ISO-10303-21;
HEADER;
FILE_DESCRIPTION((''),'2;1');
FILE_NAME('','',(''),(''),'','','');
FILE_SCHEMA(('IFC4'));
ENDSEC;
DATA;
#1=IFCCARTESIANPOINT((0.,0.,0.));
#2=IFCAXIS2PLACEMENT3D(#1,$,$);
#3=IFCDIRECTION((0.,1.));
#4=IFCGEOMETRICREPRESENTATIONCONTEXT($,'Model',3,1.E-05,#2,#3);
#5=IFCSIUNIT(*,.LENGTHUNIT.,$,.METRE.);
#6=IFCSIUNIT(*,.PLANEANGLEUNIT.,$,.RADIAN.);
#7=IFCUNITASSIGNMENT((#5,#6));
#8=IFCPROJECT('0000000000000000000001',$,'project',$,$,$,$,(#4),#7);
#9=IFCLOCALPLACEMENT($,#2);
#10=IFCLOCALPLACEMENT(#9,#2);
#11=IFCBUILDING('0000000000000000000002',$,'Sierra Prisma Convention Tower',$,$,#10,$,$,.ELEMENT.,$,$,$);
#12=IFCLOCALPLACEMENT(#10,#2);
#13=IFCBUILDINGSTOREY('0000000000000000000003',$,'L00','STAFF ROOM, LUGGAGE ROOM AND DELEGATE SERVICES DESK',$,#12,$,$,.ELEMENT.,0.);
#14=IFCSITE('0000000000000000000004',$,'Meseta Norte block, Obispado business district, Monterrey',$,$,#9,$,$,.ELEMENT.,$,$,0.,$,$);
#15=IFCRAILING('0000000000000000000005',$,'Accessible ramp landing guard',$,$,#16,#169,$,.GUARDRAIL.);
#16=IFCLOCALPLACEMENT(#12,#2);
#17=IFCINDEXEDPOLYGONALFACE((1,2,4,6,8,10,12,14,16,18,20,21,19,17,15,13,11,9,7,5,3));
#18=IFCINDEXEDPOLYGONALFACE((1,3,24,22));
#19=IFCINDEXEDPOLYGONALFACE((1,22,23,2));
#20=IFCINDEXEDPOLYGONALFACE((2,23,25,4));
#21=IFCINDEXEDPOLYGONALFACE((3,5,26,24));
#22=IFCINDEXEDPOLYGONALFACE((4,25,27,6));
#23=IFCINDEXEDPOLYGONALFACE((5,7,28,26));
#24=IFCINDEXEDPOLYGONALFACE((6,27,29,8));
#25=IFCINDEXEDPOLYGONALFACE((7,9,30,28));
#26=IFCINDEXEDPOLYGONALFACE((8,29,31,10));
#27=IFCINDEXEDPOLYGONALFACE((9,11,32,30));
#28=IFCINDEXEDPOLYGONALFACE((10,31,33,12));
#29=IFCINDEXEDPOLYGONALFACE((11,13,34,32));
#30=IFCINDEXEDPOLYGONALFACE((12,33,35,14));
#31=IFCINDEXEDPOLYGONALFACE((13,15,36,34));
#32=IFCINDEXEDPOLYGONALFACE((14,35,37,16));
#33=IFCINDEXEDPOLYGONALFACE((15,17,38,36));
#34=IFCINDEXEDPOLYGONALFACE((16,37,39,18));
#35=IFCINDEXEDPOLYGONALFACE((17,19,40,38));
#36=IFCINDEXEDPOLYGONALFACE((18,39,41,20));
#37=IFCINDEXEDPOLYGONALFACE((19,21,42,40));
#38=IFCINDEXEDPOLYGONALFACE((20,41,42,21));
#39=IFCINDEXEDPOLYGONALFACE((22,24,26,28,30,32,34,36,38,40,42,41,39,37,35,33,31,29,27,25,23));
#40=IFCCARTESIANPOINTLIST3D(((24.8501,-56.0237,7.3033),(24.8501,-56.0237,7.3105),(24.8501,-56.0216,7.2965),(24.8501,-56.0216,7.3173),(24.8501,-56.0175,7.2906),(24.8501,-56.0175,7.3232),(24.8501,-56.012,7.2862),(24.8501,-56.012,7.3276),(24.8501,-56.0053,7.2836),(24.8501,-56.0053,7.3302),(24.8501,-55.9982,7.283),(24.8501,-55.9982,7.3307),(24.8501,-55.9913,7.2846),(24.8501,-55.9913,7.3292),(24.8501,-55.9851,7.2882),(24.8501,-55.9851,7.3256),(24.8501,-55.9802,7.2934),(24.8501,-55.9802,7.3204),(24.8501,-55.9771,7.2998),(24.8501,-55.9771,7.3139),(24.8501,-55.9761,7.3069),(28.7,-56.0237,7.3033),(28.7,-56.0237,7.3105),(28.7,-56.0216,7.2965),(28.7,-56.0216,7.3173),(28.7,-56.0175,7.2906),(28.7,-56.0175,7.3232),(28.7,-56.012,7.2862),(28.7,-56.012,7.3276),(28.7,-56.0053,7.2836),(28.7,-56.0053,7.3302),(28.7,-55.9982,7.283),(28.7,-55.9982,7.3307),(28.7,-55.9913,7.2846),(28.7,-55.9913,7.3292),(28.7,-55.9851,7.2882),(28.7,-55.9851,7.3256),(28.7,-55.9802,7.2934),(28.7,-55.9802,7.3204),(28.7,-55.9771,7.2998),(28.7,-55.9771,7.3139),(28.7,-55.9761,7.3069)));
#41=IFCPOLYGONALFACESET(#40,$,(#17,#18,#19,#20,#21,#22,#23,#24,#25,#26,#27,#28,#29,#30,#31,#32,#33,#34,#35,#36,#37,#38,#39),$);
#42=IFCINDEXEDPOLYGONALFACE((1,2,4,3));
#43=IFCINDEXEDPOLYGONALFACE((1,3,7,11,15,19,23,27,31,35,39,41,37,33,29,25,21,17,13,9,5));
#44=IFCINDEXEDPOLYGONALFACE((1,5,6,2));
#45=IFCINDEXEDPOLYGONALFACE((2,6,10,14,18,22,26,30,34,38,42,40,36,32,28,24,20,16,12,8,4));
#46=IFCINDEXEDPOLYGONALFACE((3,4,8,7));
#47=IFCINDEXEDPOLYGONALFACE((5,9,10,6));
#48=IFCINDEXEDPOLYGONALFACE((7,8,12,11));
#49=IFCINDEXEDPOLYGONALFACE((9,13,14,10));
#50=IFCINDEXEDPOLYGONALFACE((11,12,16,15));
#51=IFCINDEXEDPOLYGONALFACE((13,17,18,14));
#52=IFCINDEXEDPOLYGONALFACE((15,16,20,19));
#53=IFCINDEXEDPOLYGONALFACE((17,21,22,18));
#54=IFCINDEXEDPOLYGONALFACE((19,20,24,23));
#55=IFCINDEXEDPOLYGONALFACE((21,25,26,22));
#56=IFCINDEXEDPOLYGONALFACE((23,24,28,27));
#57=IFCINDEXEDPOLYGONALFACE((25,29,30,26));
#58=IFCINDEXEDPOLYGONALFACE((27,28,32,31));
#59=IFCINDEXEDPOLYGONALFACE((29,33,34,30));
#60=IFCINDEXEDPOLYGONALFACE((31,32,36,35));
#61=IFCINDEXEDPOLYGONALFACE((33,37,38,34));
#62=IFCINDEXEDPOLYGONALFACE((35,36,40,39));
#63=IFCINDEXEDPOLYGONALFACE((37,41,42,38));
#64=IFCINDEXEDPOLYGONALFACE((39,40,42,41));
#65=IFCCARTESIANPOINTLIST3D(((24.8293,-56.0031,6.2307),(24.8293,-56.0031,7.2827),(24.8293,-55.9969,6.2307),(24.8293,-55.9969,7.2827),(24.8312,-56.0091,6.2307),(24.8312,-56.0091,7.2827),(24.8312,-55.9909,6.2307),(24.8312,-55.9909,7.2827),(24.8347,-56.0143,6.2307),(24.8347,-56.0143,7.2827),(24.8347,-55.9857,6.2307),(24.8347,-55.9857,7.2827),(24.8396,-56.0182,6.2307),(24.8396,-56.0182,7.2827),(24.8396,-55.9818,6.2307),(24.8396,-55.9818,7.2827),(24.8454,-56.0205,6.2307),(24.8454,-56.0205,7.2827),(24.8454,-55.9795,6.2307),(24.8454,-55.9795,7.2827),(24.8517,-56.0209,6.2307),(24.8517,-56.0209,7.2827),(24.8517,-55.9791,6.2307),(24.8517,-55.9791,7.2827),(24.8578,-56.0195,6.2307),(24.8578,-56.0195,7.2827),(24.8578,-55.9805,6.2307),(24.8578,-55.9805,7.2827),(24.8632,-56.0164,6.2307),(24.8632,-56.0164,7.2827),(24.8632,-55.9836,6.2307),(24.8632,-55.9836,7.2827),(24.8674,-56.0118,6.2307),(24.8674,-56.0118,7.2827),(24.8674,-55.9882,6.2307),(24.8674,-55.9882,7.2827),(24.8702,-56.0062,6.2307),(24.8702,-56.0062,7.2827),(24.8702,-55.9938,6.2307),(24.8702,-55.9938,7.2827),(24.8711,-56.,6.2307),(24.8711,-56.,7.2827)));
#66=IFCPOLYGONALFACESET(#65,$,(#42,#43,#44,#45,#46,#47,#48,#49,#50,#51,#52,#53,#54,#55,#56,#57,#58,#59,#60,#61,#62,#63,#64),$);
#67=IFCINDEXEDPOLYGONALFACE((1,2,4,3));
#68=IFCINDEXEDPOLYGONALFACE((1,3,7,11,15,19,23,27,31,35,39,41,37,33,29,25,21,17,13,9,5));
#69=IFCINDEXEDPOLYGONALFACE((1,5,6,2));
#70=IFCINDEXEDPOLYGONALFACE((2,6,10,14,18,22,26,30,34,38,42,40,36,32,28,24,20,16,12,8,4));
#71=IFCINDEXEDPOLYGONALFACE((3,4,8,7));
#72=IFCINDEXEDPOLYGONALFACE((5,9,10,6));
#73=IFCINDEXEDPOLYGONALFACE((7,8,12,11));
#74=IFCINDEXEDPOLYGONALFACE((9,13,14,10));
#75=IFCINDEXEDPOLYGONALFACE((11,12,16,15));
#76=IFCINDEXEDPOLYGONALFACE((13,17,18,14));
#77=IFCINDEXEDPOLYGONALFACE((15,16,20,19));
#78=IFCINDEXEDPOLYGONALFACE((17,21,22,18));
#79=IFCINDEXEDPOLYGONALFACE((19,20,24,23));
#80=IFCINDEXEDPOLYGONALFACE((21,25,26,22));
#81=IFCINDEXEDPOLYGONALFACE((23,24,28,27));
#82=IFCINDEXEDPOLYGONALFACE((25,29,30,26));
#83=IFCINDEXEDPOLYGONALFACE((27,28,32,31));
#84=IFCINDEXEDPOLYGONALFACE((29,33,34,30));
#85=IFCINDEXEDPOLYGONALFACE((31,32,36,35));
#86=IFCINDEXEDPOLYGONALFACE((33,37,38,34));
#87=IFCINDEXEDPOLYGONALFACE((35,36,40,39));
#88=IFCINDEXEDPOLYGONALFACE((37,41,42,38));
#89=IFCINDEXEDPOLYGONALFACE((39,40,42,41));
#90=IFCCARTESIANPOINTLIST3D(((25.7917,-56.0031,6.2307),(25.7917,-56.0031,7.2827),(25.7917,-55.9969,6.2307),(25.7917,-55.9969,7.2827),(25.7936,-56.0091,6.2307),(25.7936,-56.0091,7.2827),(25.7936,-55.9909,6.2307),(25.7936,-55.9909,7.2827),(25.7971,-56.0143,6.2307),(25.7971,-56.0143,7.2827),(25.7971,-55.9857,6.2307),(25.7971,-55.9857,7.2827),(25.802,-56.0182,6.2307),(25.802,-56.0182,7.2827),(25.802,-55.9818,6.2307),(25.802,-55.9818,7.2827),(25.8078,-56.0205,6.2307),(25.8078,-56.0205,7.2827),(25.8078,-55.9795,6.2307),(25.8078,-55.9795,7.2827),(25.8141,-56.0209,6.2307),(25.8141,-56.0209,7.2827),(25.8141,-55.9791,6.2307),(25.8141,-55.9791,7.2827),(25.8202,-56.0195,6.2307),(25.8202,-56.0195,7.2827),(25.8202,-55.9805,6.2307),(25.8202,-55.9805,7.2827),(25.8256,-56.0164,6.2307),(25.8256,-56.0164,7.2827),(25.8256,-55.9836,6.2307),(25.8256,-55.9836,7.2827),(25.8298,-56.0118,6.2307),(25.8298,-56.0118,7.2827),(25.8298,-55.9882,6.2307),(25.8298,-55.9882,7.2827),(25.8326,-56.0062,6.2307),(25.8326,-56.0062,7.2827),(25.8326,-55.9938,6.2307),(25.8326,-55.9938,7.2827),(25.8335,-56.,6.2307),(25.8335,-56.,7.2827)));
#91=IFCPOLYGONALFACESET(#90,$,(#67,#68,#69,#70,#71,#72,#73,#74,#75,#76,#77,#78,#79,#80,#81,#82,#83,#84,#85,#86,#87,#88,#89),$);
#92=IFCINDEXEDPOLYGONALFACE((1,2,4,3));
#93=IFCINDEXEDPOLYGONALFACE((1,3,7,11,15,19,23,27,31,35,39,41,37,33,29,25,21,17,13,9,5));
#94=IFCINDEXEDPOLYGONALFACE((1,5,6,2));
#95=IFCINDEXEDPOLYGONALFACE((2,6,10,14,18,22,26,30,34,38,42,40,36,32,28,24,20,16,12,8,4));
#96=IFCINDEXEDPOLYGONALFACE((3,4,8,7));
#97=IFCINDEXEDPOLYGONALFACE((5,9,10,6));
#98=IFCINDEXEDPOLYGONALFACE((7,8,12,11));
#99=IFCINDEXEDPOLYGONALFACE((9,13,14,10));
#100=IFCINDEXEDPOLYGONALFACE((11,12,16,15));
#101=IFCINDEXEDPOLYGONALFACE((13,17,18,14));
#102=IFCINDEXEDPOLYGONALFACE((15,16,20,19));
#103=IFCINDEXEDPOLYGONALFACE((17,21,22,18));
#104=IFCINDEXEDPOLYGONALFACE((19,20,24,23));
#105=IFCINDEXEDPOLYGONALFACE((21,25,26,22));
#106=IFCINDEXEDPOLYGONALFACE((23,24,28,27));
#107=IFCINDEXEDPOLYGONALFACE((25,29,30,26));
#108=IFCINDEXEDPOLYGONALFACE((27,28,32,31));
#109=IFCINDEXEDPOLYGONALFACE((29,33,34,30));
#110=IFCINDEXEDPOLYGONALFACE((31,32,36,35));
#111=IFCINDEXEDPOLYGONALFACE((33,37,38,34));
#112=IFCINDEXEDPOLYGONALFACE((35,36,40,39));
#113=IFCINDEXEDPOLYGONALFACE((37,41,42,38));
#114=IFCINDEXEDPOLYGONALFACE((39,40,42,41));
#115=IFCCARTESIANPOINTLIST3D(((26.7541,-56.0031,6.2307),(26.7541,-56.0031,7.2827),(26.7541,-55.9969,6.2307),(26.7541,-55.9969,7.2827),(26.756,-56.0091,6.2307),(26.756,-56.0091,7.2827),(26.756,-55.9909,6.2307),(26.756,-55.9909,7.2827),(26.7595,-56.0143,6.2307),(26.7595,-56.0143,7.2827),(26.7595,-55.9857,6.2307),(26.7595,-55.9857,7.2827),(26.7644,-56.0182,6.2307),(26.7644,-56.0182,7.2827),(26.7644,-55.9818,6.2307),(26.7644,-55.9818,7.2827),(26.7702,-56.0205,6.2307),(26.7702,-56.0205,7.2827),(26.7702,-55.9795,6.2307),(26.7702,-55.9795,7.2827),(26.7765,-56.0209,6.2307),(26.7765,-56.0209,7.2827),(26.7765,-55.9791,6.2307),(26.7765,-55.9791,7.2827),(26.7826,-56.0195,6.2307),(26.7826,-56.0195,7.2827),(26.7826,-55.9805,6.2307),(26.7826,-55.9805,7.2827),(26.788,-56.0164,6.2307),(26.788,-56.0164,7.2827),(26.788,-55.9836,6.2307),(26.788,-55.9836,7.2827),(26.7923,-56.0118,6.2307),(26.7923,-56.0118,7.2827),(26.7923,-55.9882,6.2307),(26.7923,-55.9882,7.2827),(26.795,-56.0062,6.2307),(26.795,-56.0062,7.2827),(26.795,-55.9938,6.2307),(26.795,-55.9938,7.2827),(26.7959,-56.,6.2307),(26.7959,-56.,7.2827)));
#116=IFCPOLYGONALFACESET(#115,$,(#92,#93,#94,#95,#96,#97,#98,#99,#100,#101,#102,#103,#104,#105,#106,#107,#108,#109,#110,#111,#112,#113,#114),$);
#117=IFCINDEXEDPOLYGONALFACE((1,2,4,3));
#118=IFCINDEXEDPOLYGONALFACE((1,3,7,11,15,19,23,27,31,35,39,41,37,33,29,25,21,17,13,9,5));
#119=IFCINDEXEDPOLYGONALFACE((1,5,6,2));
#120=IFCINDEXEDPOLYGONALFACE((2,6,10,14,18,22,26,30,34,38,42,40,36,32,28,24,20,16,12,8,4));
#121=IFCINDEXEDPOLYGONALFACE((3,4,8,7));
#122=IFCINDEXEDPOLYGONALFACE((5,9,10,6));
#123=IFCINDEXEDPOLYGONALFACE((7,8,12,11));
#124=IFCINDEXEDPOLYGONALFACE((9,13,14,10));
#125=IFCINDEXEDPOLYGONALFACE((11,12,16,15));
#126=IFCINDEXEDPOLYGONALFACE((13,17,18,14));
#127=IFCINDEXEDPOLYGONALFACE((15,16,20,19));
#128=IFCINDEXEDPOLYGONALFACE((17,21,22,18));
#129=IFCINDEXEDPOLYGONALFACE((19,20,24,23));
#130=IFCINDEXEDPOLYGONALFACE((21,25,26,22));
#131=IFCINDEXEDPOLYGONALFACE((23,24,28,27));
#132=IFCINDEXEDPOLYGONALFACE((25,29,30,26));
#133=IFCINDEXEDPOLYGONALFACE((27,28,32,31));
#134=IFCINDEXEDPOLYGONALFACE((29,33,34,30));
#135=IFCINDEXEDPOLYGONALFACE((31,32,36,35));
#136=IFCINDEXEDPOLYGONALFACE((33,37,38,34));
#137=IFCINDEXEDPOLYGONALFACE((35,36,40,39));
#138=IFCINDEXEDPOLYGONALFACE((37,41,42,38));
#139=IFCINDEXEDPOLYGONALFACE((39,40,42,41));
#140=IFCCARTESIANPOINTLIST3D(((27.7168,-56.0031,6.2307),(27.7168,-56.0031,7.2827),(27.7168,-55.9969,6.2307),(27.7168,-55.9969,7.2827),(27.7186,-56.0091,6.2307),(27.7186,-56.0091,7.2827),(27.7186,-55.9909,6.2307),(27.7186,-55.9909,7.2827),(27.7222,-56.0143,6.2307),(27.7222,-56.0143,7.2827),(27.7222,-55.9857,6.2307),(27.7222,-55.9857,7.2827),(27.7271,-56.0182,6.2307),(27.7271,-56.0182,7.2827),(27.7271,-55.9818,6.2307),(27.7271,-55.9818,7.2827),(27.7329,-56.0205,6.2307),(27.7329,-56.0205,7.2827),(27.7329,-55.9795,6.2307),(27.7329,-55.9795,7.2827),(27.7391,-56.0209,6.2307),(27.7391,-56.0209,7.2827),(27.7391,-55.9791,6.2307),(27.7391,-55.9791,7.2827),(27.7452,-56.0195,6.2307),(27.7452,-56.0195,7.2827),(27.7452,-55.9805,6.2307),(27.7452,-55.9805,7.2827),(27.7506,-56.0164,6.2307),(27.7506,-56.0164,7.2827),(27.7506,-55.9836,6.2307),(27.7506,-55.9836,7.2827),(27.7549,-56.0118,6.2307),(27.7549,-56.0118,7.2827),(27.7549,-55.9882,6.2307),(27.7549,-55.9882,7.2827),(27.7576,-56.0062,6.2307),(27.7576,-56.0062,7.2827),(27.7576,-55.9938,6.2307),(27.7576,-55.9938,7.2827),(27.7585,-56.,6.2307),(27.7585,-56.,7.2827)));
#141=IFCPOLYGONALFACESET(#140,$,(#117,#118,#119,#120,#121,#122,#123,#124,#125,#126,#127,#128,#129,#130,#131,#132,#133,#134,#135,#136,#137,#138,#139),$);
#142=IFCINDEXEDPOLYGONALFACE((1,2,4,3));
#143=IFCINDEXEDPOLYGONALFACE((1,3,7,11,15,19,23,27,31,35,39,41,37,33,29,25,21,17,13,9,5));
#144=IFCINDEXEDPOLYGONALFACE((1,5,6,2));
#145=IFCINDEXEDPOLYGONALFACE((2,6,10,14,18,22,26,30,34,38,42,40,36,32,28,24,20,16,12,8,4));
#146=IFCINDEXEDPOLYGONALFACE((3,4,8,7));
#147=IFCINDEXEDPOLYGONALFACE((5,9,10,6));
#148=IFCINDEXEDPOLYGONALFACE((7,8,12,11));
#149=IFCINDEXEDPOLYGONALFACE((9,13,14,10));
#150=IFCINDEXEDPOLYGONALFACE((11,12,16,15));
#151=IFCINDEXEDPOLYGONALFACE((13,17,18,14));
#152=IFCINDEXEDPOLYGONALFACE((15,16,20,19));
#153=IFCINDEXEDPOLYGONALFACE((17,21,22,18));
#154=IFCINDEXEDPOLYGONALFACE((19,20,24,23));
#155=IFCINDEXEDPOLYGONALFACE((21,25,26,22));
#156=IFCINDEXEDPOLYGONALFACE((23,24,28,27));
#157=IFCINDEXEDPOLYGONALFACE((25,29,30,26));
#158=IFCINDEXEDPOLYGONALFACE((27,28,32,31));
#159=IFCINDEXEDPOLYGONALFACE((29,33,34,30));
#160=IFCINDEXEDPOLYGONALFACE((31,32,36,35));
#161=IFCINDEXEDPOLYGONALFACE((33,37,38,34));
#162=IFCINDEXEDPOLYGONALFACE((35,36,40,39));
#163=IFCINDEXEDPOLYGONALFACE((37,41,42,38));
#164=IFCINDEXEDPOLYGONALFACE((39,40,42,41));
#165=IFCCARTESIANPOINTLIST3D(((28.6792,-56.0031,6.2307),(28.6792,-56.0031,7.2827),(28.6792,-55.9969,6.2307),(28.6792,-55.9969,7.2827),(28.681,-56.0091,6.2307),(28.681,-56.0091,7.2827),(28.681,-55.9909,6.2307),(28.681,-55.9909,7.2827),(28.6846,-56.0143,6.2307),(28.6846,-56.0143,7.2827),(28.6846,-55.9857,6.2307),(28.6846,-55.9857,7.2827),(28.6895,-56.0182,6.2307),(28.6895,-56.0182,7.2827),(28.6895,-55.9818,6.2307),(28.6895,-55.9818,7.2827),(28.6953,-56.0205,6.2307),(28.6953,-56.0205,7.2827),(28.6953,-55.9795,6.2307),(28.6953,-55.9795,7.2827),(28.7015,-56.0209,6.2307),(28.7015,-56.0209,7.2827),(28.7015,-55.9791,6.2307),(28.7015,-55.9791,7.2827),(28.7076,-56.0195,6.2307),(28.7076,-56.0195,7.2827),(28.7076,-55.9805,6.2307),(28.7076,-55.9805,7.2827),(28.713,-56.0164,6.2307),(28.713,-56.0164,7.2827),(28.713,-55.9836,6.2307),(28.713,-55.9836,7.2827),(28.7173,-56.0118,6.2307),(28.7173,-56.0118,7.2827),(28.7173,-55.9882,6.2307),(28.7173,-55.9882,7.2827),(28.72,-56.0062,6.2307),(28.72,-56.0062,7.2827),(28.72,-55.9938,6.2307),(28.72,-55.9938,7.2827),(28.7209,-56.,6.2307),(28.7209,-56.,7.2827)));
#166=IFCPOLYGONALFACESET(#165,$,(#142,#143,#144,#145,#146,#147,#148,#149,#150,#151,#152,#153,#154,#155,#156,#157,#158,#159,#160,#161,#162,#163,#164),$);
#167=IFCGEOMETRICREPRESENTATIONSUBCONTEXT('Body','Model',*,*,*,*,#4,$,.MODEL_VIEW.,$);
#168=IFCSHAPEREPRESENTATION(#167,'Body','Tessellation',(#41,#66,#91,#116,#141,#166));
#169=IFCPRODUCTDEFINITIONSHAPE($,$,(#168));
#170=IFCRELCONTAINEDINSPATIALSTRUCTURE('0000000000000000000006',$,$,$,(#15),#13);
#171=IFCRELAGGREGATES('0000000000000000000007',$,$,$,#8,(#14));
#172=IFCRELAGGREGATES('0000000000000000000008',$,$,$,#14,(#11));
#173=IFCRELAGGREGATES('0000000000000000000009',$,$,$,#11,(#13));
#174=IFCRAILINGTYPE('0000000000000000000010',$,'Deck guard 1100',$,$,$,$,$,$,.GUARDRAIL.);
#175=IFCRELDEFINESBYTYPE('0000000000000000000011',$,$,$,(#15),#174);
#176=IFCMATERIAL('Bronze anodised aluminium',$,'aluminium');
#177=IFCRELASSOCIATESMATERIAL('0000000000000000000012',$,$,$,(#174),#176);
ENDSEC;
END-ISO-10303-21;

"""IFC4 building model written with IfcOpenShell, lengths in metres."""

from ifc_helpers import new_model, si_unit, direction, frame, origin, origin_2d, place, context, subcontext, project, spatial, circle, extrude, material, type_object, element, save


model = new_model("IFC4")

# Units and contexts
model_context = context("Model", 3, precision=1e-05, world=origin(), true_north=direction((0.0, 1.0)))
body_context = subcontext(model_context, "Body", "Model", "MODEL_VIEW")
ifc_project = project(units=[si_unit("LENGTHUNIT", "METRE"), si_unit("PLANEANGLEUNIT", "RADIAN")], contexts=[model_context])

# Site, building, storey
site_placement = place(None, origin())
site = spatial("IfcSite", under=ifc_project, at=site_placement, Name="Meseta Norte block, Obispado business district, Monterrey", CompositionType="ELEMENT", RefElevation=0.0)
building_placement = place(site_placement, origin())
building = spatial("IfcBuilding", under=site, at=building_placement, Name="Sierra Prisma Convention Tower", CompositionType="ELEMENT")
storey_placement = place(building_placement, origin())
storey = spatial("IfcBuildingStorey", under=building, at=storey_placement, Name="L00", Description="STAFF ROOM, LUGGAGE ROOM AND DELEGATE SERVICES DESK", CompositionType="ELEMENT", Elevation=0.0)

# Railing
ifc_material_1 = material(Name="Bronze anodised aluminium", Category="aluminium")
railing_type = type_object("IfcRailingType", Name="Deck guard 1100", PredefinedType="GUARDRAIL", material=ifc_material_1)
railing_1_placement = place(storey_placement, frame((24.8501, -56.0, 6.2307)))
element("IfcRailing", 1, at=railing_1_placement, inside=storey, type_object=railing_type, Name="Accessible ramp landing guard", PredefinedType="GUARDRAIL", context=body_context, shape_type="SweptSolid", body=[
    extrude(circle(Radius=0.0239, at=origin_2d()), frame((0.0, 0.0, 1.0762), z_axis=(1.0, 0.0, 0.0), x_axis=(0.0, 1.0, 0.0)), (0.0, 0.0, 1.0), 3.8499),
    extrude(circle(Radius=0.021, at=origin_2d()), origin(), (0.0, 0.0, 1.0), 1.052),
    extrude(circle(Radius=0.021, at=origin_2d()), frame((0.9624, 0.0, 0.0)), (0.0, 0.0, 1.0), 1.052),
    extrude(circle(Radius=0.021, at=origin_2d()), frame((1.9248, 0.0, 0.0)), (0.0, 0.0, 1.0), 1.052),
    extrude(circle(Radius=0.021, at=origin_2d()), frame((2.8875, 0.0, 0.0)), (0.0, 0.0, 1.0), 1.052),
    extrude(circle(Radius=0.021, at=origin_2d()), frame((3.8499, 0.0, 0.0)), (0.0, 0.0, 1.0), 1.052),
])

save(model, "model.ifc")
